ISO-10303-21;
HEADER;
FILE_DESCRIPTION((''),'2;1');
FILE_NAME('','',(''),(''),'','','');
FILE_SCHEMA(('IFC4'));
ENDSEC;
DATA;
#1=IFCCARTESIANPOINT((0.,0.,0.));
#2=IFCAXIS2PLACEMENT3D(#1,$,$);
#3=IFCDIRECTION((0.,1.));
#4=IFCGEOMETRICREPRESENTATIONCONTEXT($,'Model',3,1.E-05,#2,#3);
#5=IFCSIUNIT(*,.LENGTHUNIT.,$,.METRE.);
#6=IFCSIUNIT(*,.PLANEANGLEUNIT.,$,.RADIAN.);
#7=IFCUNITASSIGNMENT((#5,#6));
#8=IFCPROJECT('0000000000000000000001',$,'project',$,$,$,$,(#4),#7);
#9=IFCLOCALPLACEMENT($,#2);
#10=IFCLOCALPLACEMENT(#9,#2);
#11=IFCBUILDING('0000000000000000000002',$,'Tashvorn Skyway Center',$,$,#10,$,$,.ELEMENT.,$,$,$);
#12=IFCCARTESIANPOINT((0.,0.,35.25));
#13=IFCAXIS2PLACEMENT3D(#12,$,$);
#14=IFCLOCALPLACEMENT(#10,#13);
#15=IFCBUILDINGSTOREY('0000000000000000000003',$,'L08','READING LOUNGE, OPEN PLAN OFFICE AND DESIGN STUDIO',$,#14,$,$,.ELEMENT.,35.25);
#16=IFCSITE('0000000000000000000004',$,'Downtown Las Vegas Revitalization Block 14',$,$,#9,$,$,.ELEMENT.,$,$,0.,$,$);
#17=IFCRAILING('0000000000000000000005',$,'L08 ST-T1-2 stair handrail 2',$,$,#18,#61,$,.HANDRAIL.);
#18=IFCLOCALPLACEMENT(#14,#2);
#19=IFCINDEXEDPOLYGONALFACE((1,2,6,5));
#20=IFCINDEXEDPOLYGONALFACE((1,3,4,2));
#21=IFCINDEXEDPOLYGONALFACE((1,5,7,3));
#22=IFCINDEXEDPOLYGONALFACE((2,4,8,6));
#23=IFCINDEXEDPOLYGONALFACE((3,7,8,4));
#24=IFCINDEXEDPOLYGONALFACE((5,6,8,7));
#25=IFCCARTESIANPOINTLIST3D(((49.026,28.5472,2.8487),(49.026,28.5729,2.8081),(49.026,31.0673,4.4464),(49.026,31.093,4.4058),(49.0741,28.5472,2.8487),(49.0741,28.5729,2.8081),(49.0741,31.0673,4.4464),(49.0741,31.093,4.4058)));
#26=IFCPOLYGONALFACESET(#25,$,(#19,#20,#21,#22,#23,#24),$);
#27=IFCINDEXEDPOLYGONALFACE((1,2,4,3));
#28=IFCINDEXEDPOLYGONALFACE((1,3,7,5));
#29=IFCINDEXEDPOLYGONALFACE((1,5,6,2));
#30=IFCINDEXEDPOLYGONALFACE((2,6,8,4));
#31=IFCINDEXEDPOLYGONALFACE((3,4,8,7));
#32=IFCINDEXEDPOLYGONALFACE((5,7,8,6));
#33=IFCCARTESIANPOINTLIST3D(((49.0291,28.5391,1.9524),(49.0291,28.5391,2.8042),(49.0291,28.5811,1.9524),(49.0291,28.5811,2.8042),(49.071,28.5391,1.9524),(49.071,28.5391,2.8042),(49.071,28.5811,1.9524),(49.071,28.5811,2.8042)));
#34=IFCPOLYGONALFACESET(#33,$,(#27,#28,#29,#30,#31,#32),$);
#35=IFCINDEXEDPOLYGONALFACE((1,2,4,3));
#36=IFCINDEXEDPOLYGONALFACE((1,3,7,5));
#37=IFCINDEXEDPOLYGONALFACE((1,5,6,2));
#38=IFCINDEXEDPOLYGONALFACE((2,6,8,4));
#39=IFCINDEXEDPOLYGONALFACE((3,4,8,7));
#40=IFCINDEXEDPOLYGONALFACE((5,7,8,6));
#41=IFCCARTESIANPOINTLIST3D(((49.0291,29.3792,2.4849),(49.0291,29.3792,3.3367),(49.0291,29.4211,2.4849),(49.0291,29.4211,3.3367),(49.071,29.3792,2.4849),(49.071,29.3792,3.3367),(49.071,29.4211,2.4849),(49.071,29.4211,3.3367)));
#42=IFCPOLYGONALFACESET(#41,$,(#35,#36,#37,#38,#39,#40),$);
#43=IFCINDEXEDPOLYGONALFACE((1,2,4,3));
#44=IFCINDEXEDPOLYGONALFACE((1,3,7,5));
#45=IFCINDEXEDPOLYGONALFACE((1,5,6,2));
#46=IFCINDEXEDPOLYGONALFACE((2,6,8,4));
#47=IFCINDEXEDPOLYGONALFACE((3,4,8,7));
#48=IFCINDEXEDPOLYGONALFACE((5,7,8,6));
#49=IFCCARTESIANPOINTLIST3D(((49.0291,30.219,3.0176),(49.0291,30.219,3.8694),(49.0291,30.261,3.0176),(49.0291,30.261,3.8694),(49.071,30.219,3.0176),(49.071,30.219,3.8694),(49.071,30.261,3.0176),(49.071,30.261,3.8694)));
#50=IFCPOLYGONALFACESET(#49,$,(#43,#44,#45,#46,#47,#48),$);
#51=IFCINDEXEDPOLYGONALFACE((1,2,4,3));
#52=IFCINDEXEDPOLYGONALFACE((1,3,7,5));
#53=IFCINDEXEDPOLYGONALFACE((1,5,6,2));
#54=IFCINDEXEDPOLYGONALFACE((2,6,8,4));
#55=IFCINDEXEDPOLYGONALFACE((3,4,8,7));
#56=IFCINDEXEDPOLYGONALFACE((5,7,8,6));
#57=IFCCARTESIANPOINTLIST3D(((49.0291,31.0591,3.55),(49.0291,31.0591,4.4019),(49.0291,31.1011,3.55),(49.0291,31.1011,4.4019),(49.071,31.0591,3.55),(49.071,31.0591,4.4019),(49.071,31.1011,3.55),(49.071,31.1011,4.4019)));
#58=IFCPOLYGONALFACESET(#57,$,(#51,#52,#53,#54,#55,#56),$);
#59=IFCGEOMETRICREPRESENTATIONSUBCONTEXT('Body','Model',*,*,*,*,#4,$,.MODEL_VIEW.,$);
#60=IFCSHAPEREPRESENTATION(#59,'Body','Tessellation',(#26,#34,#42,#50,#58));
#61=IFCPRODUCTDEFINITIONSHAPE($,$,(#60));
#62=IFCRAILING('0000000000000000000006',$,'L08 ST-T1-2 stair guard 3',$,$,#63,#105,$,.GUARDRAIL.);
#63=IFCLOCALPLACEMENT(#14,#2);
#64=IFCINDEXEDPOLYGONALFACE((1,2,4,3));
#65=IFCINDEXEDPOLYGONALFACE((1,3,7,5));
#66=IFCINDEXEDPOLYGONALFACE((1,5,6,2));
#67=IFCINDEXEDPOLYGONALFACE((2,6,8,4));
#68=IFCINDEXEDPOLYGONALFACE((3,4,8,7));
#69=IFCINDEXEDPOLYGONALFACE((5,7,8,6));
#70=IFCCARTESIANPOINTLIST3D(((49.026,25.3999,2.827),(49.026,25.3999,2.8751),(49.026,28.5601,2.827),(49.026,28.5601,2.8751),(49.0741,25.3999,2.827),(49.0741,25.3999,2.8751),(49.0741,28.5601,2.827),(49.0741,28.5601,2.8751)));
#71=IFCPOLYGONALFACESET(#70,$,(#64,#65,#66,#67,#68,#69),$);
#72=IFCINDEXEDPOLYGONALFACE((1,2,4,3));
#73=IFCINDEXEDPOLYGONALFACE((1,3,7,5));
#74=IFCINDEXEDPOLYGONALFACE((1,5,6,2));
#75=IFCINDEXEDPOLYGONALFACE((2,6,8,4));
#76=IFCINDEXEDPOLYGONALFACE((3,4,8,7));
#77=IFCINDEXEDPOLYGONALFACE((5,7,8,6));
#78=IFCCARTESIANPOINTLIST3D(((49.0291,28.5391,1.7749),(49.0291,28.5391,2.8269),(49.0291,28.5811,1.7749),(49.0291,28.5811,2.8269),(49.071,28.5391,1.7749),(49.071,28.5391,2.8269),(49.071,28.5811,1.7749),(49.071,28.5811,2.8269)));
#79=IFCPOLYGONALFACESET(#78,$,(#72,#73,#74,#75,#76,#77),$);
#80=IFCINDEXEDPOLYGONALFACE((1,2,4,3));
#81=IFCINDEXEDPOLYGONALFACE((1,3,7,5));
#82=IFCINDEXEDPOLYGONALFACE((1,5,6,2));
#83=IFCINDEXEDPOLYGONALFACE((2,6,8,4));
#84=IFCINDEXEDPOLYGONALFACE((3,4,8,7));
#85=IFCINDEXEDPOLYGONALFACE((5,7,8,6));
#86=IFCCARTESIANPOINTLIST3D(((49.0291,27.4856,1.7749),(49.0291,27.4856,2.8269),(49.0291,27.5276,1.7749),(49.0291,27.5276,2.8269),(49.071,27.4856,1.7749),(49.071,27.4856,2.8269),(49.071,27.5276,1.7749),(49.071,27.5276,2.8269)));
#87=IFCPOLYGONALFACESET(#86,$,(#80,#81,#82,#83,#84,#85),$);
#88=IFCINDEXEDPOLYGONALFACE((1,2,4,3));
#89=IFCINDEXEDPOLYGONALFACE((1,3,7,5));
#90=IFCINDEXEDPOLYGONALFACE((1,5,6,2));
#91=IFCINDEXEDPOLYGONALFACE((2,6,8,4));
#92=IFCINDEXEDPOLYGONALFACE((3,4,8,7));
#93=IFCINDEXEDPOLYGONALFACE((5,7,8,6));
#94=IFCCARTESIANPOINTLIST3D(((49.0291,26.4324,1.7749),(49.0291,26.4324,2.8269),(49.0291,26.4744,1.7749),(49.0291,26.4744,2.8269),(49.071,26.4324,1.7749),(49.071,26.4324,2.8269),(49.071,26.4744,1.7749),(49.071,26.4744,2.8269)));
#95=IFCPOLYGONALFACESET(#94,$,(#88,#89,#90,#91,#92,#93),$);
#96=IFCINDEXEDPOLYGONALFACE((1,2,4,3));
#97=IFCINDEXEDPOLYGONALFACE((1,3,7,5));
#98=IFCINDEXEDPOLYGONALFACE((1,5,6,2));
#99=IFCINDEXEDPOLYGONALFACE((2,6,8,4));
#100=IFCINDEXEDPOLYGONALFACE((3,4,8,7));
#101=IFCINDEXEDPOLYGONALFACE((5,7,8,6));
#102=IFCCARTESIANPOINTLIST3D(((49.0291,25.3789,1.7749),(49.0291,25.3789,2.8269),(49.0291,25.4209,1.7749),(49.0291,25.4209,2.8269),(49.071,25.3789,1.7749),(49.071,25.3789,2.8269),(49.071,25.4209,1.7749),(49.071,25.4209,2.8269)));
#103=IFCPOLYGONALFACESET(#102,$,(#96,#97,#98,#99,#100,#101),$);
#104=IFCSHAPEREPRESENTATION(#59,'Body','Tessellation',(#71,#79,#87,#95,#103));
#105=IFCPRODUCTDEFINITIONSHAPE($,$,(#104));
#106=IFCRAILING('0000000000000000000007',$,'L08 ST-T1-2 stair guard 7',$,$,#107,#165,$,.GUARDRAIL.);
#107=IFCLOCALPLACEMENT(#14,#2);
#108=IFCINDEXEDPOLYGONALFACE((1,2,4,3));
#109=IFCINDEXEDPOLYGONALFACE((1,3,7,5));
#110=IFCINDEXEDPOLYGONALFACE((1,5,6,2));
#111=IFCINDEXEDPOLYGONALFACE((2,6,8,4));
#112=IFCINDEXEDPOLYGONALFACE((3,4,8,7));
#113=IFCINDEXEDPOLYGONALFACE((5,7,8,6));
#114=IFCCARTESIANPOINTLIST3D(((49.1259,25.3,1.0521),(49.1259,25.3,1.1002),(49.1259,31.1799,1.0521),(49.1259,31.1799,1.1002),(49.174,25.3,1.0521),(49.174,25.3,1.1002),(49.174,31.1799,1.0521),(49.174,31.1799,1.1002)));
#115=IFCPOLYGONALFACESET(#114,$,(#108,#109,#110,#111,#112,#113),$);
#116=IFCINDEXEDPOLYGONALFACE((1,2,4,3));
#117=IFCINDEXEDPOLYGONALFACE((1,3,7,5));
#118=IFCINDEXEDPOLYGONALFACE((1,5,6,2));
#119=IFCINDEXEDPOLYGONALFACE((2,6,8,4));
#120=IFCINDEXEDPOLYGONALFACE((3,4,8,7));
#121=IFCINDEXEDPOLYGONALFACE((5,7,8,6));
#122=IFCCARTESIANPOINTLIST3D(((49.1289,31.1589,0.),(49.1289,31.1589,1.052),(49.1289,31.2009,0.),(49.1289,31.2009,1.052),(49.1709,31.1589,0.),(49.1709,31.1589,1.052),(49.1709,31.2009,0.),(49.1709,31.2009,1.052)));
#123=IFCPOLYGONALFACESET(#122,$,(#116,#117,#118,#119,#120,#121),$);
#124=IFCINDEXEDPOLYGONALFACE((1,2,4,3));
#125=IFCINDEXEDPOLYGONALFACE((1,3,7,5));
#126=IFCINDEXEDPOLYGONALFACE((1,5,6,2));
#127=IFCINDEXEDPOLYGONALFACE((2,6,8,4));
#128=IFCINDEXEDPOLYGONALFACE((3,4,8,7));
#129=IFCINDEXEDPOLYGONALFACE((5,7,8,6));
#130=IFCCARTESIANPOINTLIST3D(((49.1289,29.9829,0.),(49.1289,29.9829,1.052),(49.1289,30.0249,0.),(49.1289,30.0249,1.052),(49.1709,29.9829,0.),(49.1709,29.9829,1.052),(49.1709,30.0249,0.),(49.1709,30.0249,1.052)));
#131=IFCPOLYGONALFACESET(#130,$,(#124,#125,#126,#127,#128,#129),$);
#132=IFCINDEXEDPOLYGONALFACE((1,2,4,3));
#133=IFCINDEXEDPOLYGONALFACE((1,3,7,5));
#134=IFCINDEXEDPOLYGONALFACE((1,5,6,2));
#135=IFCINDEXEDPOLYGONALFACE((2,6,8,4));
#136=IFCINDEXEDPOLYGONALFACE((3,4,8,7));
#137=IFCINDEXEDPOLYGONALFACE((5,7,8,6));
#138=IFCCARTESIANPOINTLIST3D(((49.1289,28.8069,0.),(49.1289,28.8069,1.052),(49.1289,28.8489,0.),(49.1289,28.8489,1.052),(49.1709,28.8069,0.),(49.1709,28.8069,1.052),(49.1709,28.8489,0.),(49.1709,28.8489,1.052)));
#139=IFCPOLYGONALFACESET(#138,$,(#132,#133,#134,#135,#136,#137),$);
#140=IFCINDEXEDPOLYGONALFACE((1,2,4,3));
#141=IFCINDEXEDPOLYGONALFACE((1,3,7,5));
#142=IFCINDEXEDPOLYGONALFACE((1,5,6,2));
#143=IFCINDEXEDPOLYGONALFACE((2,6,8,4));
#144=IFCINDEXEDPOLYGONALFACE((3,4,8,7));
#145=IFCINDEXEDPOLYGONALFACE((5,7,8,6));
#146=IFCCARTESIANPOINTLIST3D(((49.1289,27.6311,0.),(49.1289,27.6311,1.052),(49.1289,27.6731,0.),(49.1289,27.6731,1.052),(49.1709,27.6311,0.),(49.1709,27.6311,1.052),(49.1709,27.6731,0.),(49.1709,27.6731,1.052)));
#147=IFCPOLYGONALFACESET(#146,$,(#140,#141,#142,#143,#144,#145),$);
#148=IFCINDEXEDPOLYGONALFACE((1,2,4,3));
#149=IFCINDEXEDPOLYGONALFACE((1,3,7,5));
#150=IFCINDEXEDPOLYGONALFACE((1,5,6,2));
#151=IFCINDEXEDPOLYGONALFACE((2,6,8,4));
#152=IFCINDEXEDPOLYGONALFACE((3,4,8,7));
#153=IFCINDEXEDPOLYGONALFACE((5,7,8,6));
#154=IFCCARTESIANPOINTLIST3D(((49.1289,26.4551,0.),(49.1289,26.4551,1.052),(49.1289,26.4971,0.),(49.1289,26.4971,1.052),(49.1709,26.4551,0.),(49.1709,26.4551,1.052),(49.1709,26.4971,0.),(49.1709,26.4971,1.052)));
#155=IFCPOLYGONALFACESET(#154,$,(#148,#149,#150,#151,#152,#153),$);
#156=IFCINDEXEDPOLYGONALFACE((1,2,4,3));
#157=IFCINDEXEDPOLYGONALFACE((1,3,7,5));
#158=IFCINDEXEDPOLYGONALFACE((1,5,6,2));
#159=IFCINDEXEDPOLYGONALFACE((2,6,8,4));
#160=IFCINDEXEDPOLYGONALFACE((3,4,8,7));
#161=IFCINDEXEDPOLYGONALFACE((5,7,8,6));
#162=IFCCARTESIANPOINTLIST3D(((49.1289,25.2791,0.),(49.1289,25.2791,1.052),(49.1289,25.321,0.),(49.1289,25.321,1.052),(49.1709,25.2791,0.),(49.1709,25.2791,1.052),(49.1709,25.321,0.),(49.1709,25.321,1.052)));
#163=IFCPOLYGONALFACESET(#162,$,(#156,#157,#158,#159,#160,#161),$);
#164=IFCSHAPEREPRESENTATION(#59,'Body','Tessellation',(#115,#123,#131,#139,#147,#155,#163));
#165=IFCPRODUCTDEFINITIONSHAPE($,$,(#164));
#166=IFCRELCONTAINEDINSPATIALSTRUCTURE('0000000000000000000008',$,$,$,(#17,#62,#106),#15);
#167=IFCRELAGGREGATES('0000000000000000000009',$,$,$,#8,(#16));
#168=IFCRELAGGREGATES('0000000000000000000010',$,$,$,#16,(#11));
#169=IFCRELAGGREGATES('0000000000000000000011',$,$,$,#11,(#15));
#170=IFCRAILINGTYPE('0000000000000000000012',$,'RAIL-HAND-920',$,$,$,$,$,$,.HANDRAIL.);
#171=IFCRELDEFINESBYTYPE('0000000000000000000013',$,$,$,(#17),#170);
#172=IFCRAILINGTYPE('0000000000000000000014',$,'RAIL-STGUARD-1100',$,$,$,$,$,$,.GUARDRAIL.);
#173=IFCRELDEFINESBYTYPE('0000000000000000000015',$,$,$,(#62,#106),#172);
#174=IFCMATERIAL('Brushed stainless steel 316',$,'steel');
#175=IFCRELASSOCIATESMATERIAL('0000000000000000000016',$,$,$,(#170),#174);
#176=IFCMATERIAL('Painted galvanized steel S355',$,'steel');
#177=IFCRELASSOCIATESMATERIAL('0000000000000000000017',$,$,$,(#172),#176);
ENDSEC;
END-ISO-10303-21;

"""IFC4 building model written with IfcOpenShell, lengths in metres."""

from ifc_helpers import new_model, si_unit, direction, frame, origin, origin_2d, place, context, subcontext, project, spatial, rectangle, extrude, material, type_object, element, save


model = new_model("IFC4")

# Units and contexts
model_context = context("Model", 3, precision=1e-05, world=origin(), true_north=direction((0.0, 1.0)))
body_context = subcontext(model_context, "Body", "Model", "MODEL_VIEW")
ifc_project = project(units=[si_unit("LENGTHUNIT", "METRE"), si_unit("PLANEANGLEUNIT", "RADIAN")], contexts=[model_context])

# Site, building, storey
site_placement = place(None, origin())
site = spatial("IfcSite", under=ifc_project, at=site_placement, Name="Downtown Las Vegas Revitalization Block 14", CompositionType="ELEMENT", RefElevation=0.0)
building_placement = place(site_placement, origin())
building = spatial("IfcBuilding", under=site, at=building_placement, Name="Tashvorn Skyway Center", CompositionType="ELEMENT")
storey_placement = place(building_placement, frame((0.0, 0.0, 35.25)))
storey = spatial("IfcBuildingStorey", under=building, at=storey_placement, Name="L08", Description="READING LOUNGE, OPEN PLAN OFFICE AND DESIGN STUDIO", CompositionType="ELEMENT", Elevation=35.25)

# Railings
ifc_material_1 = material(Name="Brushed stainless steel 316", Category="steel")
railing_type_1 = type_object("IfcRailingType", Name="RAIL-HAND-920", PredefinedType="HANDRAIL", material=ifc_material_1)
railing_1_placement = place(storey_placement, frame((49.05, 28.5601, 1.9524)))
element("IfcRailing", 1, at=railing_1_placement, inside=storey, type_object=railing_type_1, Name="L08 ST-T1-2 stair handrail 2", PredefinedType="HANDRAIL", context=body_context, shape_type="SweptSolid", body=[
    extrude(rectangle(XDim=0.0481, YDim=0.0481, at=origin_2d()), frame((0.0, 0.0, 0.876), z_axis=(0.0, 0.84457, 0.535445), x_axis=(-1.0, 0.0, 0.0)), (0.0, 0.0, 1.0), 2.9839),
    extrude(rectangle(XDim=0.042, YDim=0.042, at=origin_2d()), origin(), (0.0, 0.0, 1.0), 0.8518),
    extrude(rectangle(XDim=0.042, YDim=0.042, at=origin_2d()), frame((0.0, 0.8401, 0.5325)), (0.0, 0.0, 1.0), 0.8518),
    extrude(rectangle(XDim=0.042, YDim=0.042, at=origin_2d()), frame((0.0, 1.6799, 1.0652)), (0.0, 0.0, 1.0), 0.8518),
    extrude(rectangle(XDim=0.042, YDim=0.042, at=origin_2d()), frame((0.0, 2.52, 1.5977)), (0.0, 0.0, 1.0), 0.8518),
])
ifc_material_2 = material(Name="Painted galvanized steel S355", Category="steel")
railing_type_2 = type_object("IfcRailingType", Name="RAIL-STGUARD-1100", PredefinedType="GUARDRAIL", material=ifc_material_2)
railing_2_placement = place(storey_placement, frame((49.05, 28.5601, 1.7749)))
element("IfcRailing", 2, at=railing_2_placement, inside=storey, type_object=railing_type_2, Name="L08 ST-T1-2 stair guard 3", PredefinedType="GUARDRAIL", context=body_context, shape_type="SweptSolid", body=[
    extrude(rectangle(XDim=0.0481, YDim=0.0481, at=origin_2d()), frame((0.0, 0.0, 1.0762), z_axis=(0.0, -1.0, 0.0), x_axis=(1.0, 0.0, 0.0)), (0.0, 0.0, 1.0), 3.1602),
    extrude(rectangle(XDim=0.042, YDim=0.042, at=origin_2d()), origin(), (0.0, 0.0, 1.0), 1.052),
    extrude(rectangle(XDim=0.042, YDim=0.042, at=origin_2d()), frame((0.0, -1.0535, 0.0)), (0.0, 0.0, 1.0), 1.052),
    extrude(rectangle(XDim=0.042, YDim=0.042, at=origin_2d()), frame((0.0, -2.1067, 0.0)), (0.0, 0.0, 1.0), 1.052),
    extrude(rectangle(XDim=0.042, YDim=0.042, at=origin_2d()), frame((0.0, -3.1602, 0.0)), (0.0, 0.0, 1.0), 1.052),
])
railing_3_placement = place(storey_placement, frame((49.1499, 31.1799, 0.0)))
element("IfcRailing", 3, at=railing_3_placement, inside=storey, type_object=railing_type_2, Name="L08 ST-T1-2 stair guard 7", PredefinedType="GUARDRAIL", context=body_context, shape_type="SweptSolid", body=[
    extrude(rectangle(XDim=0.0481, YDim=0.0481, at=origin_2d()), frame((0.0, 0.0, 1.0762), z_axis=(0.0, -1.0, 0.0), x_axis=(1.0, 0.0, 0.0)), (0.0, 0.0, 1.0), 5.8799),
    extrude(rectangle(XDim=0.042, YDim=0.042, at=origin_2d()), origin(), (0.0, 0.0, 1.0), 1.052),
    extrude(rectangle(XDim=0.042, YDim=0.042, at=origin_2d()), frame((0.0, -1.176, 0.0)), (0.0, 0.0, 1.0), 1.052),
    extrude(rectangle(XDim=0.042, YDim=0.042, at=origin_2d()), frame((0.0, -2.3521, 0.0)), (0.0, 0.0, 1.0), 1.052),
    extrude(rectangle(XDim=0.042, YDim=0.042, at=origin_2d()), frame((0.0, -3.5278, 0.0)), (0.0, 0.0, 1.0), 1.052),
    extrude(rectangle(XDim=0.042, YDim=0.042, at=origin_2d()), frame((0.0, -4.7039, 0.0)), (0.0, 0.0, 1.0), 1.052),
    extrude(rectangle(XDim=0.042, YDim=0.042, at=origin_2d()), frame((0.0, -5.8799, 0.0)), (0.0, 0.0, 1.0), 1.052),
])

save(model, "model.ifc")
